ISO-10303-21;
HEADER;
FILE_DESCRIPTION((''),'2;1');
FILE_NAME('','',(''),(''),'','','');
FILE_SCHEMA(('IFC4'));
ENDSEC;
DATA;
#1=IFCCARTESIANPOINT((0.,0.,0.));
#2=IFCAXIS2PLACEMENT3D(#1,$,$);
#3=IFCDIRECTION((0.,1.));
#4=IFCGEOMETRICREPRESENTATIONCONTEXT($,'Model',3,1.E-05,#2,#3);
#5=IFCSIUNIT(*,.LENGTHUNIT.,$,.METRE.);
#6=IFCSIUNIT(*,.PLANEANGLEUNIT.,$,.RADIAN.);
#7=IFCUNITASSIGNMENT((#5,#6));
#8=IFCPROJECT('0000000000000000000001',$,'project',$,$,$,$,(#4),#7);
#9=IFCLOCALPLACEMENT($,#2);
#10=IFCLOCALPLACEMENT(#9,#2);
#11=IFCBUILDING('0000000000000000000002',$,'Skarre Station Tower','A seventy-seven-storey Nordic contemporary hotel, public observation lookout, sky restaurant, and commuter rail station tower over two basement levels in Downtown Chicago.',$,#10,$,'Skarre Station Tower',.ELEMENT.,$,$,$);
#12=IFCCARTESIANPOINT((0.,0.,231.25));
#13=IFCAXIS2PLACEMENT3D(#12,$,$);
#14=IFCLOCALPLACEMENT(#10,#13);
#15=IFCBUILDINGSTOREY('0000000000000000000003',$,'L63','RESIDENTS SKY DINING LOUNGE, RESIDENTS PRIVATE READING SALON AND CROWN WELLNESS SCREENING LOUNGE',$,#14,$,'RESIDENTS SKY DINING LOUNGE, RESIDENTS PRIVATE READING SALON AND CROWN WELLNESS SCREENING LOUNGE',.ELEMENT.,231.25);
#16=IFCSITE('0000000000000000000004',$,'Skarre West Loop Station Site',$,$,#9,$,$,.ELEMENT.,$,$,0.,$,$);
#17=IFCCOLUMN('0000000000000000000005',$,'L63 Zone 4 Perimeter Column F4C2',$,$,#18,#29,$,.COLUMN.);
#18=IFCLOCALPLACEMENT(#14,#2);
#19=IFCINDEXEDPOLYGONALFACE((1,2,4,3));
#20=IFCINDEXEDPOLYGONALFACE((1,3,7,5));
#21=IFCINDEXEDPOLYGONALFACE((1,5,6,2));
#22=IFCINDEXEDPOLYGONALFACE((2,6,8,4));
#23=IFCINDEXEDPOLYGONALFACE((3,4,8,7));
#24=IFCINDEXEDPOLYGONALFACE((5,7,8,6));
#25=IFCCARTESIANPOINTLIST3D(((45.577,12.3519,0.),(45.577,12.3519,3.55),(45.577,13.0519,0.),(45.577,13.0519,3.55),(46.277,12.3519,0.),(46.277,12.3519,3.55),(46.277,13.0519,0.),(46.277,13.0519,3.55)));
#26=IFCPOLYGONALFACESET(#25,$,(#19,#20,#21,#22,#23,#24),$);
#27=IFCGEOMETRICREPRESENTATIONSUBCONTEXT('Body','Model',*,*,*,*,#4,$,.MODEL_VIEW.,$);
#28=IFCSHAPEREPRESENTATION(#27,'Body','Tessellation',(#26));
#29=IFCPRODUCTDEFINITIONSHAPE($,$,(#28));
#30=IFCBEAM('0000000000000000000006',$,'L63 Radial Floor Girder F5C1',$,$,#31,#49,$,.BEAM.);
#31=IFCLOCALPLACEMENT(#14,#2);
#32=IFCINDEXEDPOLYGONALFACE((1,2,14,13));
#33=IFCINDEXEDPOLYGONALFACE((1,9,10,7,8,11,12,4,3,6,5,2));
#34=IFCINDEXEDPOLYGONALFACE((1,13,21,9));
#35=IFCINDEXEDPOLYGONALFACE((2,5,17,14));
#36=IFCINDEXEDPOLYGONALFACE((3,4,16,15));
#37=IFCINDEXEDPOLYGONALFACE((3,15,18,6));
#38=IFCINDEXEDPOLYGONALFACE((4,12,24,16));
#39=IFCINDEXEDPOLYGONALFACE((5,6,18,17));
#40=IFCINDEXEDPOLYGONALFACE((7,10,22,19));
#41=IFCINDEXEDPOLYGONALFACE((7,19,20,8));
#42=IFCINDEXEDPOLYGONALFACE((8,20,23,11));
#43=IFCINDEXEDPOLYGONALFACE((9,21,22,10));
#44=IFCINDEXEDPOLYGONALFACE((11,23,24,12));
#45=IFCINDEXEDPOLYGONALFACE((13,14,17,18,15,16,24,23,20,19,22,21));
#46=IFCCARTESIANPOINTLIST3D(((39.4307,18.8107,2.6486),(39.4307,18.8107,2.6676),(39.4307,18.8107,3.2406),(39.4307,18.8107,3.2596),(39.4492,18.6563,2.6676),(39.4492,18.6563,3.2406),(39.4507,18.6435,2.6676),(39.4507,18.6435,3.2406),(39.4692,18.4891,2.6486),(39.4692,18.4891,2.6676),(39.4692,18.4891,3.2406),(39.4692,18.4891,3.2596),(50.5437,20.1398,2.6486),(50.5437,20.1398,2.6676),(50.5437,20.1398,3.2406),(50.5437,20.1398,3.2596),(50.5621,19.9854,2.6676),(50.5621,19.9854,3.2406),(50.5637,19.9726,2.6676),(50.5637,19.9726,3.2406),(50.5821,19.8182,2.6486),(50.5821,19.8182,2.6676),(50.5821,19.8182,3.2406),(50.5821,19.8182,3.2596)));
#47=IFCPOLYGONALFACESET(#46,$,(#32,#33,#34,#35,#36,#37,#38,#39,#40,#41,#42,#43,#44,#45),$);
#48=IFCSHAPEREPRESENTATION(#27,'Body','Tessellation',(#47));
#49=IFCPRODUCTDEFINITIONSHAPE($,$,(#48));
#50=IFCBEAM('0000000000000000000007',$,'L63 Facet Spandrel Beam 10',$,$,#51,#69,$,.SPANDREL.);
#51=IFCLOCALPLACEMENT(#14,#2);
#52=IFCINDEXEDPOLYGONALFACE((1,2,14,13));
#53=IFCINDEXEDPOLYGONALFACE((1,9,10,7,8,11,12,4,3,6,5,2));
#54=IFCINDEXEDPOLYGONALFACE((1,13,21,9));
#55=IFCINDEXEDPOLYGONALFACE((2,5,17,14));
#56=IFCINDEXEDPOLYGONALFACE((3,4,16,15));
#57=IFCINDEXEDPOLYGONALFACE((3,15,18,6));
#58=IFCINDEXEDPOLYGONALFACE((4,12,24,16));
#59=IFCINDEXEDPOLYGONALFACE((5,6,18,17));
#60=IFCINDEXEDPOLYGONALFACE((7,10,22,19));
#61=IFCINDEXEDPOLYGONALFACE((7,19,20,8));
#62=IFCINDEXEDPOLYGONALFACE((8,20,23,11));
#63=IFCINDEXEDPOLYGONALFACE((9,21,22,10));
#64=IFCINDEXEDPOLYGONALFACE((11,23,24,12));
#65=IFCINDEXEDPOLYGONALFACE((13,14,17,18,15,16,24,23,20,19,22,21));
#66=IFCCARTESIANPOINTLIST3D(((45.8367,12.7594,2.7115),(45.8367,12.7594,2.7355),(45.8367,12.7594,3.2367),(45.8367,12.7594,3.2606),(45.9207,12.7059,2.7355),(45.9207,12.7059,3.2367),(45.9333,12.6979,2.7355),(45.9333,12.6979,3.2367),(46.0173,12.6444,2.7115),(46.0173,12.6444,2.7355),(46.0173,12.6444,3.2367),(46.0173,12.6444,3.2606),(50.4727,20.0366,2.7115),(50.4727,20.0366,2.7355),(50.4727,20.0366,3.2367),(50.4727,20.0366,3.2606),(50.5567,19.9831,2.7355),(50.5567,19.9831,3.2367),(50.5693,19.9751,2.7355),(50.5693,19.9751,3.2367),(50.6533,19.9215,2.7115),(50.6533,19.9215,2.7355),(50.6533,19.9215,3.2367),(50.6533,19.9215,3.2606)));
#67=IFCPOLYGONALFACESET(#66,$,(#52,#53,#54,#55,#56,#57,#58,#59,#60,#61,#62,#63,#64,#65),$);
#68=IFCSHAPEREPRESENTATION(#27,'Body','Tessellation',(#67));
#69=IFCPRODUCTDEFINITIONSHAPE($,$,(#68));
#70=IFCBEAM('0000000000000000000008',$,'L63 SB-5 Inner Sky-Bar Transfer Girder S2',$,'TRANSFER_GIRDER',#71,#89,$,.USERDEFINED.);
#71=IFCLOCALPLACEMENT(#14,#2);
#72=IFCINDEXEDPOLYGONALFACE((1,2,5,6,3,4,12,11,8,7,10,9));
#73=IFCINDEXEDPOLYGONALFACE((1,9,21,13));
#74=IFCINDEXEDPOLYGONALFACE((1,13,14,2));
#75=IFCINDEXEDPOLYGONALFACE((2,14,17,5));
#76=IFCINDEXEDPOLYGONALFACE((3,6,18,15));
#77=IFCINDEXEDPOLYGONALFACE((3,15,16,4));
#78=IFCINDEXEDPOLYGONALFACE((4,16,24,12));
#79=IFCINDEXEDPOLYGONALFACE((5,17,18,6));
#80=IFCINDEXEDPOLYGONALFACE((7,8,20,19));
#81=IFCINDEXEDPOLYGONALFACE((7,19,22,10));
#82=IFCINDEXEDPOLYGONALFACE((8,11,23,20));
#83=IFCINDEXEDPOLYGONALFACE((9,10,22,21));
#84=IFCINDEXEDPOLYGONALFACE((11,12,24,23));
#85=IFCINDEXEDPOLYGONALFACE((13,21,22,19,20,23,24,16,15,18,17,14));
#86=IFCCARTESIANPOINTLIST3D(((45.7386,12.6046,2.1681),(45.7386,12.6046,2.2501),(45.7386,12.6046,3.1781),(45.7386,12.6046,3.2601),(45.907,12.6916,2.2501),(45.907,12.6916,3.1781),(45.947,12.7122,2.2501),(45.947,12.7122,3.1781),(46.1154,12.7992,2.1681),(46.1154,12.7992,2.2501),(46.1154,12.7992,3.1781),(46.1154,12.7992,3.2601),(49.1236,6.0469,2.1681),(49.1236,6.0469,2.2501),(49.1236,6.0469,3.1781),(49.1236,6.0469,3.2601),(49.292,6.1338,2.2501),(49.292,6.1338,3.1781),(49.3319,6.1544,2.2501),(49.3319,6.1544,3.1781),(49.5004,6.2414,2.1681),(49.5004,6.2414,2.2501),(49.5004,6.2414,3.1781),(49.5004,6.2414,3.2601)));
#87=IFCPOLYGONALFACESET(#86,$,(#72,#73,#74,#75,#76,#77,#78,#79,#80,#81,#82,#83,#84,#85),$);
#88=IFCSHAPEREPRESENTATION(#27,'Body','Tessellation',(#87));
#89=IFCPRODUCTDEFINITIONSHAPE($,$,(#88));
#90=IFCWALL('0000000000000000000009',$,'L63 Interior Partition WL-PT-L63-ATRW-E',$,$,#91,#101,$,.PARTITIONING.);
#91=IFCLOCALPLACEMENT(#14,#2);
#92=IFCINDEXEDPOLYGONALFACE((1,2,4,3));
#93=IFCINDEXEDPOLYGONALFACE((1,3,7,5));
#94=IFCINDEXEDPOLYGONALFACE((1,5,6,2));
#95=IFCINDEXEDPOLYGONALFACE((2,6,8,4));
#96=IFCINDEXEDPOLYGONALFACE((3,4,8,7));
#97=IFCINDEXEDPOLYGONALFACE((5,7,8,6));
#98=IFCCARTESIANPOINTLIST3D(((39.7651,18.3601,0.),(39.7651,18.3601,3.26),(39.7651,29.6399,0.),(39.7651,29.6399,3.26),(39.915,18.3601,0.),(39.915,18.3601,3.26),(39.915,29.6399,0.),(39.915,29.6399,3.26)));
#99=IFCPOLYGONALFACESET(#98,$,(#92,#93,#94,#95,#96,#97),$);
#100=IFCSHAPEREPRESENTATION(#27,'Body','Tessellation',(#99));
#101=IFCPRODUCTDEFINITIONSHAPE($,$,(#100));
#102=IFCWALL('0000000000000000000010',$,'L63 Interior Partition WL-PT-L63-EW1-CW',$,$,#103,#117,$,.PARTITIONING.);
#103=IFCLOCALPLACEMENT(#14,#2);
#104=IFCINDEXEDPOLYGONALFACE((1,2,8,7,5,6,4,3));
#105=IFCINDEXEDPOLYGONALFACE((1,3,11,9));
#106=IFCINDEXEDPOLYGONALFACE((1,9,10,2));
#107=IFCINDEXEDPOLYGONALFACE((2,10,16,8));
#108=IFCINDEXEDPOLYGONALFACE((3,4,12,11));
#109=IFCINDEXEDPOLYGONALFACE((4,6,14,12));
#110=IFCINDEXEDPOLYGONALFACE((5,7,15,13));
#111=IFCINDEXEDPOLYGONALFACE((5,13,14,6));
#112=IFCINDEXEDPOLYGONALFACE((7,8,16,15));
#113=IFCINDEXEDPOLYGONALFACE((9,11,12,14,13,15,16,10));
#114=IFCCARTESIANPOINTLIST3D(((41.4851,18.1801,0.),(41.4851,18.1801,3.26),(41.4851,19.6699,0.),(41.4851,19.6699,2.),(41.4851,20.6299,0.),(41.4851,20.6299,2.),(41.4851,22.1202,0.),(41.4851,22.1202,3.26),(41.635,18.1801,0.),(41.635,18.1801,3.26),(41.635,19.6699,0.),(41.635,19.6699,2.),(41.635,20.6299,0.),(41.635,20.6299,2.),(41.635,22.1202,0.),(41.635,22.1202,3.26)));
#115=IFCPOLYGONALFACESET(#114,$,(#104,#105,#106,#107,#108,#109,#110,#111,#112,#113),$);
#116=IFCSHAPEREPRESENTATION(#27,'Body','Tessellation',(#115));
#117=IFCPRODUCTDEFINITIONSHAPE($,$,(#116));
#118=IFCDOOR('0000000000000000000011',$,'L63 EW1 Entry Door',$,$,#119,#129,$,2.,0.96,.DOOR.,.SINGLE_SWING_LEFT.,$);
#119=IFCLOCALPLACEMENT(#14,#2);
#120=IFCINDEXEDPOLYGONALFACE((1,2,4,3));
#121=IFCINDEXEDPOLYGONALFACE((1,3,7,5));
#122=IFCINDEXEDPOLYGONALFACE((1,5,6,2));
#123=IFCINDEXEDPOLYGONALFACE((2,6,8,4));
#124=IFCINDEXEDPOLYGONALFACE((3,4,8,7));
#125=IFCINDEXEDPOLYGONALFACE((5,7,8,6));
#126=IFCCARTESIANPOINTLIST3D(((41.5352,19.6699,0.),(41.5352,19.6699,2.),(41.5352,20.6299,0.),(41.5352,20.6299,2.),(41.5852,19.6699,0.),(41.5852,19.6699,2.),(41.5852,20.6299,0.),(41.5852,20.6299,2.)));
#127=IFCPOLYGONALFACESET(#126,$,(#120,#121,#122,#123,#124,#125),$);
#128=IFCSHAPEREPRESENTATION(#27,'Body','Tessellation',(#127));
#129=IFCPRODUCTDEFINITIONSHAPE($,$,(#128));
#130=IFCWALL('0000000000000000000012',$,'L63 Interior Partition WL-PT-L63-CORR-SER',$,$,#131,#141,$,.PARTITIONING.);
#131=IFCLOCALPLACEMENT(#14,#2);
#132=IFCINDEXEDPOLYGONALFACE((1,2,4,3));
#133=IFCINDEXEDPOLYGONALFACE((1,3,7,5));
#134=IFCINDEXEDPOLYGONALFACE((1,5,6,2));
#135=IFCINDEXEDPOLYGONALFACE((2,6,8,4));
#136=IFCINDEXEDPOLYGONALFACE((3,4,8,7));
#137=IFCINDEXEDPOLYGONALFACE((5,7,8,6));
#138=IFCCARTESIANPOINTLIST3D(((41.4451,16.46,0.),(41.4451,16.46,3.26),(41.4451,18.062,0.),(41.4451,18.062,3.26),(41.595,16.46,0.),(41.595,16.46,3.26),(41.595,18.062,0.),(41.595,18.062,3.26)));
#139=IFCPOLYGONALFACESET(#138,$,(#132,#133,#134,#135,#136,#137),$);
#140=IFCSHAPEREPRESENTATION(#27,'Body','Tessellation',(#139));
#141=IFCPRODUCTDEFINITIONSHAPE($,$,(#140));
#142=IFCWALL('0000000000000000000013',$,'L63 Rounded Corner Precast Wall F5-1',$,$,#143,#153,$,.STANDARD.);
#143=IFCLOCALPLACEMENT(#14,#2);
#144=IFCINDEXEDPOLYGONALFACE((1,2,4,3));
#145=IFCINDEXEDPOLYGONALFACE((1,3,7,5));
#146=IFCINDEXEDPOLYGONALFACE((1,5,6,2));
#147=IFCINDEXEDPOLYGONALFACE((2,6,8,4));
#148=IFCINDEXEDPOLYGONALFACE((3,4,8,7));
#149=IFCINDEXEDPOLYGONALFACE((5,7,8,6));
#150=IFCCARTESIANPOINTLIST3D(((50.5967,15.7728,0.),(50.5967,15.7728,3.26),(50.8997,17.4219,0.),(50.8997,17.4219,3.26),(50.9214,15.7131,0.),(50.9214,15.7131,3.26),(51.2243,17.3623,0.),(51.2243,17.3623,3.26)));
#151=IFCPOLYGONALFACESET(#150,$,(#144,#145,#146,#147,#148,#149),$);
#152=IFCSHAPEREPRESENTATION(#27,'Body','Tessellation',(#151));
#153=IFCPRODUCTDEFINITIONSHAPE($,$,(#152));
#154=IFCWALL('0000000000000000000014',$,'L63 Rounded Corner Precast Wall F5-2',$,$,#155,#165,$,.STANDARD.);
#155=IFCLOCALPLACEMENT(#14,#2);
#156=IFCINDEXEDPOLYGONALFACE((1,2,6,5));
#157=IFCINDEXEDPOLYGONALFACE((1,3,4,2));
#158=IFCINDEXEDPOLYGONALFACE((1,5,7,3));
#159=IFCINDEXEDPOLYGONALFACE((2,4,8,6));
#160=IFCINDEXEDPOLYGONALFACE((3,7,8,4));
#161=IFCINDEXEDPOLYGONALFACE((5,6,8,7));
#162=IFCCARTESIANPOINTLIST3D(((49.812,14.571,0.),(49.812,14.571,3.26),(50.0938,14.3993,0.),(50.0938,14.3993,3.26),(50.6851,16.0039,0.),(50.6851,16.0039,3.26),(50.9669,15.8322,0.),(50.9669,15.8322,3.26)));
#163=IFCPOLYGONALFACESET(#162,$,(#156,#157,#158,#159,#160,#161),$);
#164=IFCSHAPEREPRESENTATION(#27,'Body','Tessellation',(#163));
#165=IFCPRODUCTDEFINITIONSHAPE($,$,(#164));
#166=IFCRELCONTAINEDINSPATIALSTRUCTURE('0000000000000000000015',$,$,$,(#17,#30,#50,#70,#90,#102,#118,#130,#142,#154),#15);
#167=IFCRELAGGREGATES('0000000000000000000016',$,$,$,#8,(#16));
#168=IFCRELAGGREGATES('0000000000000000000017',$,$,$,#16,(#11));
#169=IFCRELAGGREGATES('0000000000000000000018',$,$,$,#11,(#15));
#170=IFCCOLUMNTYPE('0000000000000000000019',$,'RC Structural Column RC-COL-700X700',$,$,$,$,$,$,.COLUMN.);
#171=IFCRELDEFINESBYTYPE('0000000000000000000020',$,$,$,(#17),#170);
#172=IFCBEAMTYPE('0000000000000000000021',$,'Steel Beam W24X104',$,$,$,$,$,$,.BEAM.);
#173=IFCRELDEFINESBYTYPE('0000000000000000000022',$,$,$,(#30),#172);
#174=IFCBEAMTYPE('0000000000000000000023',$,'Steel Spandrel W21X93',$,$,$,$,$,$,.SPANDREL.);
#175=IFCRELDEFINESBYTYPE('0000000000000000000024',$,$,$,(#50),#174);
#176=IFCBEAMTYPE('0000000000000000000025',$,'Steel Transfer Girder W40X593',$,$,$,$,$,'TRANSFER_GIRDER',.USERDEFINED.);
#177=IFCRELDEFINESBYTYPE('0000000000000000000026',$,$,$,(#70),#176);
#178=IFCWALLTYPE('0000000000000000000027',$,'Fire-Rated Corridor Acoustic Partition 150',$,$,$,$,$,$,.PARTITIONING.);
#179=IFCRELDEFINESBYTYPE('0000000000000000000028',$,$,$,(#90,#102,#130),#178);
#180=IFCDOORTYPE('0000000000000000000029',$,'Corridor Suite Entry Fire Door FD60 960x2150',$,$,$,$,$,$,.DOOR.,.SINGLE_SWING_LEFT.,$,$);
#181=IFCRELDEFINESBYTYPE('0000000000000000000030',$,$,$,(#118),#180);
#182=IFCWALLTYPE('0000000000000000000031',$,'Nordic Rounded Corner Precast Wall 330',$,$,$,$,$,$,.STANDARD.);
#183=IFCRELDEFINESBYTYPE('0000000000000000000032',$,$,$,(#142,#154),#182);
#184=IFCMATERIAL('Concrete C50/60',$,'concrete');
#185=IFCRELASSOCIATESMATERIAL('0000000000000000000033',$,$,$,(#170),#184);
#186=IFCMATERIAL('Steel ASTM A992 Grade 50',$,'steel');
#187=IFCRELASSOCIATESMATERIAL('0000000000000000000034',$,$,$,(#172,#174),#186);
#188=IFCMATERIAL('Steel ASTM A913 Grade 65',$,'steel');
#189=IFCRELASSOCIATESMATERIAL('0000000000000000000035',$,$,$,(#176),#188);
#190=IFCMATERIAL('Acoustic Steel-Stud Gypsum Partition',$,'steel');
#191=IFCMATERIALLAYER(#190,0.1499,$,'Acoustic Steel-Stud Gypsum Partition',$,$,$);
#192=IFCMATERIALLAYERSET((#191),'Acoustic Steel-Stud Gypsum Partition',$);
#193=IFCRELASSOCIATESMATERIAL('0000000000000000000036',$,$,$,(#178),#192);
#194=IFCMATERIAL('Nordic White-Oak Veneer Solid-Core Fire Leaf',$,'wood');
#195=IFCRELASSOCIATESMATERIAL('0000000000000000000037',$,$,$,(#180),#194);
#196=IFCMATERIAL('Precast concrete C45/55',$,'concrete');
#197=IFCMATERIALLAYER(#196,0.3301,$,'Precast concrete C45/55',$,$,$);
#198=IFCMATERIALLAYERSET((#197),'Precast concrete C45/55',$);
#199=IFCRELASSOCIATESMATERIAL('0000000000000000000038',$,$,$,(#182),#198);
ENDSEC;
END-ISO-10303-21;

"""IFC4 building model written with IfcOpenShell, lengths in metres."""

from ifc_helpers import new_model, si_unit, direction, frame, frame_2d, origin, origin_2d, place, context, subcontext, project, spatial, rectangle, i_section, extrude, material, layer, layer_set, material_profile, profile_set, type_object, element, fill, save


model = new_model("IFC4")

# Units and contexts
model_context = context("Model", 3, precision=1e-05, world=origin(), true_north=direction((0.0, 1.0)))
body_context = subcontext(model_context, "Body", "Model", "MODEL_VIEW")
ifc_project = project(units=[si_unit("LENGTHUNIT", "METRE"), si_unit("PLANEANGLEUNIT", "RADIAN")], contexts=[model_context])

# Site, building, storey
site_placement = place(None, origin())
site = spatial("IfcSite", under=ifc_project, at=site_placement, Name="Skarre West Loop Station Site", CompositionType="ELEMENT", RefElevation=0.0)
building_placement = place(site_placement, origin())
building = spatial("IfcBuilding", under=site, at=building_placement, Name="Skarre Station Tower", Description="A seventy-seven-storey Nordic contemporary hotel, public observation lookout, sky restaurant, and commuter rail station tower over two basement levels in Downtown Chicago.", LongName="Skarre Station Tower", CompositionType="ELEMENT")
storey_placement = place(building_placement, frame((0.0, 0.0, 231.25)))
storey = spatial("IfcBuildingStorey", under=building, at=storey_placement, Name="L63", Description="RESIDENTS SKY DINING LOUNGE, RESIDENTS PRIVATE READING SALON AND CROWN WELLNESS SCREENING LOUNGE", LongName="RESIDENTS SKY DINING LOUNGE, RESIDENTS PRIVATE READING SALON AND CROWN WELLNESS SCREENING LOUNGE", CompositionType="ELEMENT", Elevation=231.25)

# Column
ifc_material_1 = material(Name="Concrete C50/60", Category="concrete")
ifc_material_profile_1 = material_profile(ifc_material_1, rectangle(XDim=0.7, YDim=0.7, at=origin_2d()), Name="Concrete C50/60")
ifc_profile_set_1 = profile_set([ifc_material_profile_1], Name="Concrete C50/60")
column_type = type_object("IfcColumnType", Name="RC Structural Column RC-COL-700X700", PredefinedType="COLUMN", material=ifc_profile_set_1)
column_placement = place(storey_placement, frame((45.927, 12.7019, 0.0), z_axis=(0.0, 0.0, 1.0), x_axis=(1.0, 0.0, 0.0)))
element("IfcColumn", 1, at=column_placement, inside=storey, type_object=column_type, Name="L63 Zone 4 Perimeter Column F4C2", PredefinedType="COLUMN", context=body_context, shape_type="SweptSolid", body=[
    extrude(rectangle(XDim=0.7, YDim=0.7, at=origin_2d()), origin(), (0.0, 0.0, 1.0), 3.55),
])

# Beams
ifc_material_2 = material(Name="Steel ASTM A992 Grade 50", Category="steel")
ifc_material_profile_2 = material_profile(ifc_material_2, i_section(OverallWidth=0.324, OverallDepth=0.6111, WebThickness=0.0129, FlangeThickness=0.019, at=origin_2d()), Name="Steel ASTM A992 Grade 50")
ifc_profile_set_2 = profile_set([ifc_material_profile_2], Name="Steel ASTM A992 Grade 50")
beam_type_1 = type_object("IfcBeamType", Name="Steel Beam W24X104", PredefinedType="BEAM", material=ifc_profile_set_2)
beam_1_placement = place(storey_placement, frame((39.45, 18.6499, 2.9541), z_axis=(0.992924, 0.118752, 0.0), x_axis=(-0.118752, 0.992924, 0.0)))
element("IfcBeam", 2, at=beam_1_placement, inside=storey, type_object=beam_type_1, Name="L63 Radial Floor Girder F5C1", PredefinedType="BEAM", context=body_context, shape_type="SweptSolid", body=[
    extrude(i_section(OverallWidth=0.324, OverallDepth=0.6111, WebThickness=0.0129, FlangeThickness=0.019, at=origin_2d()), origin(), (0.0, 0.0, 1.0), 11.1921),
])
ifc_material_profile_3 = material_profile(ifc_material_2, i_section(OverallWidth=0.2141, OverallDepth=0.5491, WebThickness=0.0149, FlangeThickness=0.0239, at=origin_2d()), Name="Steel ASTM A992 Grade 50")
ifc_profile_set_3 = profile_set([ifc_material_profile_3], Name="Steel ASTM A992 Grade 50")
beam_type_2 = type_object("IfcBeamType", Name="Steel Spandrel W21X93", PredefinedType="SPANDREL", material=ifc_profile_set_3)
beam_2_placement = place(storey_placement, frame((45.927, 12.7019, 2.9861), z_axis=(0.537297, 0.843393, 0.0), x_axis=(-0.843393, 0.537297, 0.0)))
element("IfcBeam", 3, at=beam_2_placement, inside=storey, type_object=beam_type_2, Name="L63 Facet Spandrel Beam 10", PredefinedType="SPANDREL", context=body_context, shape_type="SweptSolid", body=[
    extrude(i_section(OverallWidth=0.2141, OverallDepth=0.5491, WebThickness=0.0149, FlangeThickness=0.0239, at=origin_2d()), origin(), (0.0, 0.0, 1.0), 8.6284),
])
ifc_material_3 = material(Name="Steel ASTM A913 Grade 65", Category="steel")
ifc_material_profile_4 = material_profile(ifc_material_3, i_section(OverallWidth=0.4241, OverallDepth=1.092, WebThickness=0.0449, FlangeThickness=0.082, at=origin_2d()), Name="Steel ASTM A913 Grade 65")
ifc_profile_set_4 = profile_set([ifc_material_profile_4], Name="Steel ASTM A913 Grade 65")
beam_type_3 = type_object("IfcBeamType", Name="Steel Transfer Girder W40X593", ElementType="TRANSFER_GIRDER", PredefinedType="USERDEFINED", material=ifc_profile_set_4)
beam_3_placement = place(storey_placement, frame((45.927, 12.7019, 2.7141), z_axis=(0.458676, -0.888604, 0.0), x_axis=(0.888604, 0.458676, 0.0)))
element("IfcBeam", 4, at=beam_3_placement, inside=storey, type_object=beam_type_3, Name="L63 SB-5 Inner Sky-Bar Transfer Girder S2", ObjectType="TRANSFER_GIRDER", PredefinedType="USERDEFINED", context=body_context, shape_type="SweptSolid", body=[
    extrude(i_section(OverallWidth=0.4241, OverallDepth=1.092, WebThickness=0.0449, FlangeThickness=0.082, at=origin_2d()), origin(), (0.0, 0.0, 1.0), 7.3799),
])

# Wall
ifc_material_4 = material(Name="Acoustic Steel-Stud Gypsum Partition", Category="steel")
ifc_layer_1 = layer(ifc_material_4, 0.1499, Name="Acoustic Steel-Stud Gypsum Partition")
ifc_layer_set_1 = layer_set([ifc_layer_1], Name="Acoustic Steel-Stud Gypsum Partition")
wall_type_1 = type_object("IfcWallType", Name="Fire-Rated Corridor Acoustic Partition 150", PredefinedType="PARTITIONING", material=ifc_layer_set_1)
wall_1_placement = place(storey_placement, frame((39.8401, 18.3601, 0.0), z_axis=(0.0, 0.0, 1.0), x_axis=(0.0, 1.0, 0.0)))
element("IfcWall", 5, at=wall_1_placement, inside=storey, type_object=wall_type_1, Name="L63 Interior Partition WL-PT-L63-ATRW-E", PredefinedType="PARTITIONING", context=body_context, shape_type="SweptSolid", body=[
    extrude(rectangle(XDim=11.2798, YDim=0.1499, at=frame_2d((5.6399, 0.0))), origin(), (0.0, 0.0, 1.0), 3.26),
])

# Wall, opening, door
wall_2_placement = place(storey_placement, frame((41.5601, 18.1799, 0.0), z_axis=(0.0, 0.0, 1.0), x_axis=(0.0, 1.0, 0.0)))
wall_2 = element("IfcWall", 6, at=wall_2_placement, inside=storey, type_object=wall_type_1, Name="L63 Interior Partition WL-PT-L63-EW1-CW", PredefinedType="PARTITIONING", context=body_context, shape_type="SweptSolid", body=[
    extrude(rectangle(XDim=3.9402, YDim=0.1499, at=frame_2d((1.9702, 0.0))), origin(), (0.0, 0.0, 1.0), 3.26),
])
opening_1_placement = place(wall_2_placement, frame((1.49, 0.0, 0.0)))
opening_1 = element("IfcOpeningElement", 7, at=opening_1_placement, cuts=wall_2, PredefinedType="OPENING", context=body_context, shape_type="SweptSolid", body=[
    extrude(rectangle(XDim=0.96, YDim=2.0, at=frame_2d((0.48, 1.0))), frame((0.0, 0.085, 0.0), z_axis=(0.0, -1.0, 0.0), x_axis=(1.0, 0.0, 0.0)), (0.0, 0.0, 1.0), 0.1699),
])
ifc_material_5 = material(Name="Nordic White-Oak Veneer Solid-Core Fire Leaf", Category="wood")
door_type = type_object("IfcDoorType", Name="Corridor Suite Entry Fire Door FD60 960x2150", OperationType="SINGLE_SWING_LEFT", PredefinedType="DOOR", material=ifc_material_5)
door_placement = place(opening_1_placement, origin())
door = element("IfcDoor", 8, at=door_placement, inside=storey, type_object=door_type, Name="L63 EW1 Entry Door", OperationType="SINGLE_SWING_LEFT", OverallHeight=2.0, OverallWidth=0.96, PredefinedType="DOOR", context=body_context, shape_type="SweptSolid", body=[
    extrude(rectangle(XDim=0.96, YDim=2.0, at=frame_2d((0.48, 1.0))), frame((0.0, 0.0249, 0.0), z_axis=(0.0, -1.0, 0.0), x_axis=(1.0, 0.0, 0.0)), (0.0, 0.0, 1.0), 0.05),
])
fill(opening_1, door)

# Walls
wall_3_placement = place(storey_placement, frame((41.52, 16.46, 0.0), z_axis=(0.0, 0.0, 1.0), x_axis=(0.0, 1.0, 0.0)))
element("IfcWall", 9, at=wall_3_placement, inside=storey, type_object=wall_type_1, Name="L63 Interior Partition WL-PT-L63-CORR-SER", PredefinedType="PARTITIONING", context=body_context, shape_type="SweptSolid", body=[
    extrude(rectangle(XDim=1.6021, YDim=0.1499, at=frame_2d((0.801, 0.0))), origin(), (0.0, 0.0, 1.0), 3.26),
])
ifc_material_6 = material(Name="Precast concrete C45/55", Category="concrete")
ifc_layer_2 = layer(ifc_material_6, 0.3301, Name="Precast concrete C45/55")
ifc_layer_set_2 = layer_set([ifc_layer_2], Name="Precast concrete C45/55")
wall_type_2 = type_object("IfcWallType", Name="Nordic Rounded Corner Precast Wall 330", PredefinedType="STANDARD", material=ifc_layer_set_2)
wall_4_placement = place(storey_placement, frame((51.062, 17.3921, 0.0), z_axis=(0.0, 0.0, 1.0), x_axis=(-0.180692, -0.98354, 0.0)))
element("IfcWall", 10, at=wall_4_placement, inside=storey, type_object=wall_type_2, Name="L63 Rounded Corner Precast Wall F5-1", PredefinedType="STANDARD", context=body_context, shape_type="SweptSolid", body=[
    extrude(rectangle(XDim=1.6768, YDim=0.3301, at=frame_2d((0.8384, 0.0))), origin(), (0.0, 0.0, 1.0), 3.26),
])
wall_5_placement = place(storey_placement, frame((50.8259, 15.918, 0.0), z_axis=(0.0, 0.0, 1.0), x_axis=(-0.520325, -0.853968, 0.0)))
element("IfcWall", 11, at=wall_5_placement, inside=storey, type_object=wall_type_2, Name="L63 Rounded Corner Precast Wall F5-2", PredefinedType="STANDARD", context=body_context, shape_type="SweptSolid", body=[
    extrude(rectangle(XDim=1.678, YDim=0.3301, at=frame_2d((0.8389, 0.0))), origin(), (0.0, 0.0, 1.0), 3.26),
])

save(model, "model.ifc")
